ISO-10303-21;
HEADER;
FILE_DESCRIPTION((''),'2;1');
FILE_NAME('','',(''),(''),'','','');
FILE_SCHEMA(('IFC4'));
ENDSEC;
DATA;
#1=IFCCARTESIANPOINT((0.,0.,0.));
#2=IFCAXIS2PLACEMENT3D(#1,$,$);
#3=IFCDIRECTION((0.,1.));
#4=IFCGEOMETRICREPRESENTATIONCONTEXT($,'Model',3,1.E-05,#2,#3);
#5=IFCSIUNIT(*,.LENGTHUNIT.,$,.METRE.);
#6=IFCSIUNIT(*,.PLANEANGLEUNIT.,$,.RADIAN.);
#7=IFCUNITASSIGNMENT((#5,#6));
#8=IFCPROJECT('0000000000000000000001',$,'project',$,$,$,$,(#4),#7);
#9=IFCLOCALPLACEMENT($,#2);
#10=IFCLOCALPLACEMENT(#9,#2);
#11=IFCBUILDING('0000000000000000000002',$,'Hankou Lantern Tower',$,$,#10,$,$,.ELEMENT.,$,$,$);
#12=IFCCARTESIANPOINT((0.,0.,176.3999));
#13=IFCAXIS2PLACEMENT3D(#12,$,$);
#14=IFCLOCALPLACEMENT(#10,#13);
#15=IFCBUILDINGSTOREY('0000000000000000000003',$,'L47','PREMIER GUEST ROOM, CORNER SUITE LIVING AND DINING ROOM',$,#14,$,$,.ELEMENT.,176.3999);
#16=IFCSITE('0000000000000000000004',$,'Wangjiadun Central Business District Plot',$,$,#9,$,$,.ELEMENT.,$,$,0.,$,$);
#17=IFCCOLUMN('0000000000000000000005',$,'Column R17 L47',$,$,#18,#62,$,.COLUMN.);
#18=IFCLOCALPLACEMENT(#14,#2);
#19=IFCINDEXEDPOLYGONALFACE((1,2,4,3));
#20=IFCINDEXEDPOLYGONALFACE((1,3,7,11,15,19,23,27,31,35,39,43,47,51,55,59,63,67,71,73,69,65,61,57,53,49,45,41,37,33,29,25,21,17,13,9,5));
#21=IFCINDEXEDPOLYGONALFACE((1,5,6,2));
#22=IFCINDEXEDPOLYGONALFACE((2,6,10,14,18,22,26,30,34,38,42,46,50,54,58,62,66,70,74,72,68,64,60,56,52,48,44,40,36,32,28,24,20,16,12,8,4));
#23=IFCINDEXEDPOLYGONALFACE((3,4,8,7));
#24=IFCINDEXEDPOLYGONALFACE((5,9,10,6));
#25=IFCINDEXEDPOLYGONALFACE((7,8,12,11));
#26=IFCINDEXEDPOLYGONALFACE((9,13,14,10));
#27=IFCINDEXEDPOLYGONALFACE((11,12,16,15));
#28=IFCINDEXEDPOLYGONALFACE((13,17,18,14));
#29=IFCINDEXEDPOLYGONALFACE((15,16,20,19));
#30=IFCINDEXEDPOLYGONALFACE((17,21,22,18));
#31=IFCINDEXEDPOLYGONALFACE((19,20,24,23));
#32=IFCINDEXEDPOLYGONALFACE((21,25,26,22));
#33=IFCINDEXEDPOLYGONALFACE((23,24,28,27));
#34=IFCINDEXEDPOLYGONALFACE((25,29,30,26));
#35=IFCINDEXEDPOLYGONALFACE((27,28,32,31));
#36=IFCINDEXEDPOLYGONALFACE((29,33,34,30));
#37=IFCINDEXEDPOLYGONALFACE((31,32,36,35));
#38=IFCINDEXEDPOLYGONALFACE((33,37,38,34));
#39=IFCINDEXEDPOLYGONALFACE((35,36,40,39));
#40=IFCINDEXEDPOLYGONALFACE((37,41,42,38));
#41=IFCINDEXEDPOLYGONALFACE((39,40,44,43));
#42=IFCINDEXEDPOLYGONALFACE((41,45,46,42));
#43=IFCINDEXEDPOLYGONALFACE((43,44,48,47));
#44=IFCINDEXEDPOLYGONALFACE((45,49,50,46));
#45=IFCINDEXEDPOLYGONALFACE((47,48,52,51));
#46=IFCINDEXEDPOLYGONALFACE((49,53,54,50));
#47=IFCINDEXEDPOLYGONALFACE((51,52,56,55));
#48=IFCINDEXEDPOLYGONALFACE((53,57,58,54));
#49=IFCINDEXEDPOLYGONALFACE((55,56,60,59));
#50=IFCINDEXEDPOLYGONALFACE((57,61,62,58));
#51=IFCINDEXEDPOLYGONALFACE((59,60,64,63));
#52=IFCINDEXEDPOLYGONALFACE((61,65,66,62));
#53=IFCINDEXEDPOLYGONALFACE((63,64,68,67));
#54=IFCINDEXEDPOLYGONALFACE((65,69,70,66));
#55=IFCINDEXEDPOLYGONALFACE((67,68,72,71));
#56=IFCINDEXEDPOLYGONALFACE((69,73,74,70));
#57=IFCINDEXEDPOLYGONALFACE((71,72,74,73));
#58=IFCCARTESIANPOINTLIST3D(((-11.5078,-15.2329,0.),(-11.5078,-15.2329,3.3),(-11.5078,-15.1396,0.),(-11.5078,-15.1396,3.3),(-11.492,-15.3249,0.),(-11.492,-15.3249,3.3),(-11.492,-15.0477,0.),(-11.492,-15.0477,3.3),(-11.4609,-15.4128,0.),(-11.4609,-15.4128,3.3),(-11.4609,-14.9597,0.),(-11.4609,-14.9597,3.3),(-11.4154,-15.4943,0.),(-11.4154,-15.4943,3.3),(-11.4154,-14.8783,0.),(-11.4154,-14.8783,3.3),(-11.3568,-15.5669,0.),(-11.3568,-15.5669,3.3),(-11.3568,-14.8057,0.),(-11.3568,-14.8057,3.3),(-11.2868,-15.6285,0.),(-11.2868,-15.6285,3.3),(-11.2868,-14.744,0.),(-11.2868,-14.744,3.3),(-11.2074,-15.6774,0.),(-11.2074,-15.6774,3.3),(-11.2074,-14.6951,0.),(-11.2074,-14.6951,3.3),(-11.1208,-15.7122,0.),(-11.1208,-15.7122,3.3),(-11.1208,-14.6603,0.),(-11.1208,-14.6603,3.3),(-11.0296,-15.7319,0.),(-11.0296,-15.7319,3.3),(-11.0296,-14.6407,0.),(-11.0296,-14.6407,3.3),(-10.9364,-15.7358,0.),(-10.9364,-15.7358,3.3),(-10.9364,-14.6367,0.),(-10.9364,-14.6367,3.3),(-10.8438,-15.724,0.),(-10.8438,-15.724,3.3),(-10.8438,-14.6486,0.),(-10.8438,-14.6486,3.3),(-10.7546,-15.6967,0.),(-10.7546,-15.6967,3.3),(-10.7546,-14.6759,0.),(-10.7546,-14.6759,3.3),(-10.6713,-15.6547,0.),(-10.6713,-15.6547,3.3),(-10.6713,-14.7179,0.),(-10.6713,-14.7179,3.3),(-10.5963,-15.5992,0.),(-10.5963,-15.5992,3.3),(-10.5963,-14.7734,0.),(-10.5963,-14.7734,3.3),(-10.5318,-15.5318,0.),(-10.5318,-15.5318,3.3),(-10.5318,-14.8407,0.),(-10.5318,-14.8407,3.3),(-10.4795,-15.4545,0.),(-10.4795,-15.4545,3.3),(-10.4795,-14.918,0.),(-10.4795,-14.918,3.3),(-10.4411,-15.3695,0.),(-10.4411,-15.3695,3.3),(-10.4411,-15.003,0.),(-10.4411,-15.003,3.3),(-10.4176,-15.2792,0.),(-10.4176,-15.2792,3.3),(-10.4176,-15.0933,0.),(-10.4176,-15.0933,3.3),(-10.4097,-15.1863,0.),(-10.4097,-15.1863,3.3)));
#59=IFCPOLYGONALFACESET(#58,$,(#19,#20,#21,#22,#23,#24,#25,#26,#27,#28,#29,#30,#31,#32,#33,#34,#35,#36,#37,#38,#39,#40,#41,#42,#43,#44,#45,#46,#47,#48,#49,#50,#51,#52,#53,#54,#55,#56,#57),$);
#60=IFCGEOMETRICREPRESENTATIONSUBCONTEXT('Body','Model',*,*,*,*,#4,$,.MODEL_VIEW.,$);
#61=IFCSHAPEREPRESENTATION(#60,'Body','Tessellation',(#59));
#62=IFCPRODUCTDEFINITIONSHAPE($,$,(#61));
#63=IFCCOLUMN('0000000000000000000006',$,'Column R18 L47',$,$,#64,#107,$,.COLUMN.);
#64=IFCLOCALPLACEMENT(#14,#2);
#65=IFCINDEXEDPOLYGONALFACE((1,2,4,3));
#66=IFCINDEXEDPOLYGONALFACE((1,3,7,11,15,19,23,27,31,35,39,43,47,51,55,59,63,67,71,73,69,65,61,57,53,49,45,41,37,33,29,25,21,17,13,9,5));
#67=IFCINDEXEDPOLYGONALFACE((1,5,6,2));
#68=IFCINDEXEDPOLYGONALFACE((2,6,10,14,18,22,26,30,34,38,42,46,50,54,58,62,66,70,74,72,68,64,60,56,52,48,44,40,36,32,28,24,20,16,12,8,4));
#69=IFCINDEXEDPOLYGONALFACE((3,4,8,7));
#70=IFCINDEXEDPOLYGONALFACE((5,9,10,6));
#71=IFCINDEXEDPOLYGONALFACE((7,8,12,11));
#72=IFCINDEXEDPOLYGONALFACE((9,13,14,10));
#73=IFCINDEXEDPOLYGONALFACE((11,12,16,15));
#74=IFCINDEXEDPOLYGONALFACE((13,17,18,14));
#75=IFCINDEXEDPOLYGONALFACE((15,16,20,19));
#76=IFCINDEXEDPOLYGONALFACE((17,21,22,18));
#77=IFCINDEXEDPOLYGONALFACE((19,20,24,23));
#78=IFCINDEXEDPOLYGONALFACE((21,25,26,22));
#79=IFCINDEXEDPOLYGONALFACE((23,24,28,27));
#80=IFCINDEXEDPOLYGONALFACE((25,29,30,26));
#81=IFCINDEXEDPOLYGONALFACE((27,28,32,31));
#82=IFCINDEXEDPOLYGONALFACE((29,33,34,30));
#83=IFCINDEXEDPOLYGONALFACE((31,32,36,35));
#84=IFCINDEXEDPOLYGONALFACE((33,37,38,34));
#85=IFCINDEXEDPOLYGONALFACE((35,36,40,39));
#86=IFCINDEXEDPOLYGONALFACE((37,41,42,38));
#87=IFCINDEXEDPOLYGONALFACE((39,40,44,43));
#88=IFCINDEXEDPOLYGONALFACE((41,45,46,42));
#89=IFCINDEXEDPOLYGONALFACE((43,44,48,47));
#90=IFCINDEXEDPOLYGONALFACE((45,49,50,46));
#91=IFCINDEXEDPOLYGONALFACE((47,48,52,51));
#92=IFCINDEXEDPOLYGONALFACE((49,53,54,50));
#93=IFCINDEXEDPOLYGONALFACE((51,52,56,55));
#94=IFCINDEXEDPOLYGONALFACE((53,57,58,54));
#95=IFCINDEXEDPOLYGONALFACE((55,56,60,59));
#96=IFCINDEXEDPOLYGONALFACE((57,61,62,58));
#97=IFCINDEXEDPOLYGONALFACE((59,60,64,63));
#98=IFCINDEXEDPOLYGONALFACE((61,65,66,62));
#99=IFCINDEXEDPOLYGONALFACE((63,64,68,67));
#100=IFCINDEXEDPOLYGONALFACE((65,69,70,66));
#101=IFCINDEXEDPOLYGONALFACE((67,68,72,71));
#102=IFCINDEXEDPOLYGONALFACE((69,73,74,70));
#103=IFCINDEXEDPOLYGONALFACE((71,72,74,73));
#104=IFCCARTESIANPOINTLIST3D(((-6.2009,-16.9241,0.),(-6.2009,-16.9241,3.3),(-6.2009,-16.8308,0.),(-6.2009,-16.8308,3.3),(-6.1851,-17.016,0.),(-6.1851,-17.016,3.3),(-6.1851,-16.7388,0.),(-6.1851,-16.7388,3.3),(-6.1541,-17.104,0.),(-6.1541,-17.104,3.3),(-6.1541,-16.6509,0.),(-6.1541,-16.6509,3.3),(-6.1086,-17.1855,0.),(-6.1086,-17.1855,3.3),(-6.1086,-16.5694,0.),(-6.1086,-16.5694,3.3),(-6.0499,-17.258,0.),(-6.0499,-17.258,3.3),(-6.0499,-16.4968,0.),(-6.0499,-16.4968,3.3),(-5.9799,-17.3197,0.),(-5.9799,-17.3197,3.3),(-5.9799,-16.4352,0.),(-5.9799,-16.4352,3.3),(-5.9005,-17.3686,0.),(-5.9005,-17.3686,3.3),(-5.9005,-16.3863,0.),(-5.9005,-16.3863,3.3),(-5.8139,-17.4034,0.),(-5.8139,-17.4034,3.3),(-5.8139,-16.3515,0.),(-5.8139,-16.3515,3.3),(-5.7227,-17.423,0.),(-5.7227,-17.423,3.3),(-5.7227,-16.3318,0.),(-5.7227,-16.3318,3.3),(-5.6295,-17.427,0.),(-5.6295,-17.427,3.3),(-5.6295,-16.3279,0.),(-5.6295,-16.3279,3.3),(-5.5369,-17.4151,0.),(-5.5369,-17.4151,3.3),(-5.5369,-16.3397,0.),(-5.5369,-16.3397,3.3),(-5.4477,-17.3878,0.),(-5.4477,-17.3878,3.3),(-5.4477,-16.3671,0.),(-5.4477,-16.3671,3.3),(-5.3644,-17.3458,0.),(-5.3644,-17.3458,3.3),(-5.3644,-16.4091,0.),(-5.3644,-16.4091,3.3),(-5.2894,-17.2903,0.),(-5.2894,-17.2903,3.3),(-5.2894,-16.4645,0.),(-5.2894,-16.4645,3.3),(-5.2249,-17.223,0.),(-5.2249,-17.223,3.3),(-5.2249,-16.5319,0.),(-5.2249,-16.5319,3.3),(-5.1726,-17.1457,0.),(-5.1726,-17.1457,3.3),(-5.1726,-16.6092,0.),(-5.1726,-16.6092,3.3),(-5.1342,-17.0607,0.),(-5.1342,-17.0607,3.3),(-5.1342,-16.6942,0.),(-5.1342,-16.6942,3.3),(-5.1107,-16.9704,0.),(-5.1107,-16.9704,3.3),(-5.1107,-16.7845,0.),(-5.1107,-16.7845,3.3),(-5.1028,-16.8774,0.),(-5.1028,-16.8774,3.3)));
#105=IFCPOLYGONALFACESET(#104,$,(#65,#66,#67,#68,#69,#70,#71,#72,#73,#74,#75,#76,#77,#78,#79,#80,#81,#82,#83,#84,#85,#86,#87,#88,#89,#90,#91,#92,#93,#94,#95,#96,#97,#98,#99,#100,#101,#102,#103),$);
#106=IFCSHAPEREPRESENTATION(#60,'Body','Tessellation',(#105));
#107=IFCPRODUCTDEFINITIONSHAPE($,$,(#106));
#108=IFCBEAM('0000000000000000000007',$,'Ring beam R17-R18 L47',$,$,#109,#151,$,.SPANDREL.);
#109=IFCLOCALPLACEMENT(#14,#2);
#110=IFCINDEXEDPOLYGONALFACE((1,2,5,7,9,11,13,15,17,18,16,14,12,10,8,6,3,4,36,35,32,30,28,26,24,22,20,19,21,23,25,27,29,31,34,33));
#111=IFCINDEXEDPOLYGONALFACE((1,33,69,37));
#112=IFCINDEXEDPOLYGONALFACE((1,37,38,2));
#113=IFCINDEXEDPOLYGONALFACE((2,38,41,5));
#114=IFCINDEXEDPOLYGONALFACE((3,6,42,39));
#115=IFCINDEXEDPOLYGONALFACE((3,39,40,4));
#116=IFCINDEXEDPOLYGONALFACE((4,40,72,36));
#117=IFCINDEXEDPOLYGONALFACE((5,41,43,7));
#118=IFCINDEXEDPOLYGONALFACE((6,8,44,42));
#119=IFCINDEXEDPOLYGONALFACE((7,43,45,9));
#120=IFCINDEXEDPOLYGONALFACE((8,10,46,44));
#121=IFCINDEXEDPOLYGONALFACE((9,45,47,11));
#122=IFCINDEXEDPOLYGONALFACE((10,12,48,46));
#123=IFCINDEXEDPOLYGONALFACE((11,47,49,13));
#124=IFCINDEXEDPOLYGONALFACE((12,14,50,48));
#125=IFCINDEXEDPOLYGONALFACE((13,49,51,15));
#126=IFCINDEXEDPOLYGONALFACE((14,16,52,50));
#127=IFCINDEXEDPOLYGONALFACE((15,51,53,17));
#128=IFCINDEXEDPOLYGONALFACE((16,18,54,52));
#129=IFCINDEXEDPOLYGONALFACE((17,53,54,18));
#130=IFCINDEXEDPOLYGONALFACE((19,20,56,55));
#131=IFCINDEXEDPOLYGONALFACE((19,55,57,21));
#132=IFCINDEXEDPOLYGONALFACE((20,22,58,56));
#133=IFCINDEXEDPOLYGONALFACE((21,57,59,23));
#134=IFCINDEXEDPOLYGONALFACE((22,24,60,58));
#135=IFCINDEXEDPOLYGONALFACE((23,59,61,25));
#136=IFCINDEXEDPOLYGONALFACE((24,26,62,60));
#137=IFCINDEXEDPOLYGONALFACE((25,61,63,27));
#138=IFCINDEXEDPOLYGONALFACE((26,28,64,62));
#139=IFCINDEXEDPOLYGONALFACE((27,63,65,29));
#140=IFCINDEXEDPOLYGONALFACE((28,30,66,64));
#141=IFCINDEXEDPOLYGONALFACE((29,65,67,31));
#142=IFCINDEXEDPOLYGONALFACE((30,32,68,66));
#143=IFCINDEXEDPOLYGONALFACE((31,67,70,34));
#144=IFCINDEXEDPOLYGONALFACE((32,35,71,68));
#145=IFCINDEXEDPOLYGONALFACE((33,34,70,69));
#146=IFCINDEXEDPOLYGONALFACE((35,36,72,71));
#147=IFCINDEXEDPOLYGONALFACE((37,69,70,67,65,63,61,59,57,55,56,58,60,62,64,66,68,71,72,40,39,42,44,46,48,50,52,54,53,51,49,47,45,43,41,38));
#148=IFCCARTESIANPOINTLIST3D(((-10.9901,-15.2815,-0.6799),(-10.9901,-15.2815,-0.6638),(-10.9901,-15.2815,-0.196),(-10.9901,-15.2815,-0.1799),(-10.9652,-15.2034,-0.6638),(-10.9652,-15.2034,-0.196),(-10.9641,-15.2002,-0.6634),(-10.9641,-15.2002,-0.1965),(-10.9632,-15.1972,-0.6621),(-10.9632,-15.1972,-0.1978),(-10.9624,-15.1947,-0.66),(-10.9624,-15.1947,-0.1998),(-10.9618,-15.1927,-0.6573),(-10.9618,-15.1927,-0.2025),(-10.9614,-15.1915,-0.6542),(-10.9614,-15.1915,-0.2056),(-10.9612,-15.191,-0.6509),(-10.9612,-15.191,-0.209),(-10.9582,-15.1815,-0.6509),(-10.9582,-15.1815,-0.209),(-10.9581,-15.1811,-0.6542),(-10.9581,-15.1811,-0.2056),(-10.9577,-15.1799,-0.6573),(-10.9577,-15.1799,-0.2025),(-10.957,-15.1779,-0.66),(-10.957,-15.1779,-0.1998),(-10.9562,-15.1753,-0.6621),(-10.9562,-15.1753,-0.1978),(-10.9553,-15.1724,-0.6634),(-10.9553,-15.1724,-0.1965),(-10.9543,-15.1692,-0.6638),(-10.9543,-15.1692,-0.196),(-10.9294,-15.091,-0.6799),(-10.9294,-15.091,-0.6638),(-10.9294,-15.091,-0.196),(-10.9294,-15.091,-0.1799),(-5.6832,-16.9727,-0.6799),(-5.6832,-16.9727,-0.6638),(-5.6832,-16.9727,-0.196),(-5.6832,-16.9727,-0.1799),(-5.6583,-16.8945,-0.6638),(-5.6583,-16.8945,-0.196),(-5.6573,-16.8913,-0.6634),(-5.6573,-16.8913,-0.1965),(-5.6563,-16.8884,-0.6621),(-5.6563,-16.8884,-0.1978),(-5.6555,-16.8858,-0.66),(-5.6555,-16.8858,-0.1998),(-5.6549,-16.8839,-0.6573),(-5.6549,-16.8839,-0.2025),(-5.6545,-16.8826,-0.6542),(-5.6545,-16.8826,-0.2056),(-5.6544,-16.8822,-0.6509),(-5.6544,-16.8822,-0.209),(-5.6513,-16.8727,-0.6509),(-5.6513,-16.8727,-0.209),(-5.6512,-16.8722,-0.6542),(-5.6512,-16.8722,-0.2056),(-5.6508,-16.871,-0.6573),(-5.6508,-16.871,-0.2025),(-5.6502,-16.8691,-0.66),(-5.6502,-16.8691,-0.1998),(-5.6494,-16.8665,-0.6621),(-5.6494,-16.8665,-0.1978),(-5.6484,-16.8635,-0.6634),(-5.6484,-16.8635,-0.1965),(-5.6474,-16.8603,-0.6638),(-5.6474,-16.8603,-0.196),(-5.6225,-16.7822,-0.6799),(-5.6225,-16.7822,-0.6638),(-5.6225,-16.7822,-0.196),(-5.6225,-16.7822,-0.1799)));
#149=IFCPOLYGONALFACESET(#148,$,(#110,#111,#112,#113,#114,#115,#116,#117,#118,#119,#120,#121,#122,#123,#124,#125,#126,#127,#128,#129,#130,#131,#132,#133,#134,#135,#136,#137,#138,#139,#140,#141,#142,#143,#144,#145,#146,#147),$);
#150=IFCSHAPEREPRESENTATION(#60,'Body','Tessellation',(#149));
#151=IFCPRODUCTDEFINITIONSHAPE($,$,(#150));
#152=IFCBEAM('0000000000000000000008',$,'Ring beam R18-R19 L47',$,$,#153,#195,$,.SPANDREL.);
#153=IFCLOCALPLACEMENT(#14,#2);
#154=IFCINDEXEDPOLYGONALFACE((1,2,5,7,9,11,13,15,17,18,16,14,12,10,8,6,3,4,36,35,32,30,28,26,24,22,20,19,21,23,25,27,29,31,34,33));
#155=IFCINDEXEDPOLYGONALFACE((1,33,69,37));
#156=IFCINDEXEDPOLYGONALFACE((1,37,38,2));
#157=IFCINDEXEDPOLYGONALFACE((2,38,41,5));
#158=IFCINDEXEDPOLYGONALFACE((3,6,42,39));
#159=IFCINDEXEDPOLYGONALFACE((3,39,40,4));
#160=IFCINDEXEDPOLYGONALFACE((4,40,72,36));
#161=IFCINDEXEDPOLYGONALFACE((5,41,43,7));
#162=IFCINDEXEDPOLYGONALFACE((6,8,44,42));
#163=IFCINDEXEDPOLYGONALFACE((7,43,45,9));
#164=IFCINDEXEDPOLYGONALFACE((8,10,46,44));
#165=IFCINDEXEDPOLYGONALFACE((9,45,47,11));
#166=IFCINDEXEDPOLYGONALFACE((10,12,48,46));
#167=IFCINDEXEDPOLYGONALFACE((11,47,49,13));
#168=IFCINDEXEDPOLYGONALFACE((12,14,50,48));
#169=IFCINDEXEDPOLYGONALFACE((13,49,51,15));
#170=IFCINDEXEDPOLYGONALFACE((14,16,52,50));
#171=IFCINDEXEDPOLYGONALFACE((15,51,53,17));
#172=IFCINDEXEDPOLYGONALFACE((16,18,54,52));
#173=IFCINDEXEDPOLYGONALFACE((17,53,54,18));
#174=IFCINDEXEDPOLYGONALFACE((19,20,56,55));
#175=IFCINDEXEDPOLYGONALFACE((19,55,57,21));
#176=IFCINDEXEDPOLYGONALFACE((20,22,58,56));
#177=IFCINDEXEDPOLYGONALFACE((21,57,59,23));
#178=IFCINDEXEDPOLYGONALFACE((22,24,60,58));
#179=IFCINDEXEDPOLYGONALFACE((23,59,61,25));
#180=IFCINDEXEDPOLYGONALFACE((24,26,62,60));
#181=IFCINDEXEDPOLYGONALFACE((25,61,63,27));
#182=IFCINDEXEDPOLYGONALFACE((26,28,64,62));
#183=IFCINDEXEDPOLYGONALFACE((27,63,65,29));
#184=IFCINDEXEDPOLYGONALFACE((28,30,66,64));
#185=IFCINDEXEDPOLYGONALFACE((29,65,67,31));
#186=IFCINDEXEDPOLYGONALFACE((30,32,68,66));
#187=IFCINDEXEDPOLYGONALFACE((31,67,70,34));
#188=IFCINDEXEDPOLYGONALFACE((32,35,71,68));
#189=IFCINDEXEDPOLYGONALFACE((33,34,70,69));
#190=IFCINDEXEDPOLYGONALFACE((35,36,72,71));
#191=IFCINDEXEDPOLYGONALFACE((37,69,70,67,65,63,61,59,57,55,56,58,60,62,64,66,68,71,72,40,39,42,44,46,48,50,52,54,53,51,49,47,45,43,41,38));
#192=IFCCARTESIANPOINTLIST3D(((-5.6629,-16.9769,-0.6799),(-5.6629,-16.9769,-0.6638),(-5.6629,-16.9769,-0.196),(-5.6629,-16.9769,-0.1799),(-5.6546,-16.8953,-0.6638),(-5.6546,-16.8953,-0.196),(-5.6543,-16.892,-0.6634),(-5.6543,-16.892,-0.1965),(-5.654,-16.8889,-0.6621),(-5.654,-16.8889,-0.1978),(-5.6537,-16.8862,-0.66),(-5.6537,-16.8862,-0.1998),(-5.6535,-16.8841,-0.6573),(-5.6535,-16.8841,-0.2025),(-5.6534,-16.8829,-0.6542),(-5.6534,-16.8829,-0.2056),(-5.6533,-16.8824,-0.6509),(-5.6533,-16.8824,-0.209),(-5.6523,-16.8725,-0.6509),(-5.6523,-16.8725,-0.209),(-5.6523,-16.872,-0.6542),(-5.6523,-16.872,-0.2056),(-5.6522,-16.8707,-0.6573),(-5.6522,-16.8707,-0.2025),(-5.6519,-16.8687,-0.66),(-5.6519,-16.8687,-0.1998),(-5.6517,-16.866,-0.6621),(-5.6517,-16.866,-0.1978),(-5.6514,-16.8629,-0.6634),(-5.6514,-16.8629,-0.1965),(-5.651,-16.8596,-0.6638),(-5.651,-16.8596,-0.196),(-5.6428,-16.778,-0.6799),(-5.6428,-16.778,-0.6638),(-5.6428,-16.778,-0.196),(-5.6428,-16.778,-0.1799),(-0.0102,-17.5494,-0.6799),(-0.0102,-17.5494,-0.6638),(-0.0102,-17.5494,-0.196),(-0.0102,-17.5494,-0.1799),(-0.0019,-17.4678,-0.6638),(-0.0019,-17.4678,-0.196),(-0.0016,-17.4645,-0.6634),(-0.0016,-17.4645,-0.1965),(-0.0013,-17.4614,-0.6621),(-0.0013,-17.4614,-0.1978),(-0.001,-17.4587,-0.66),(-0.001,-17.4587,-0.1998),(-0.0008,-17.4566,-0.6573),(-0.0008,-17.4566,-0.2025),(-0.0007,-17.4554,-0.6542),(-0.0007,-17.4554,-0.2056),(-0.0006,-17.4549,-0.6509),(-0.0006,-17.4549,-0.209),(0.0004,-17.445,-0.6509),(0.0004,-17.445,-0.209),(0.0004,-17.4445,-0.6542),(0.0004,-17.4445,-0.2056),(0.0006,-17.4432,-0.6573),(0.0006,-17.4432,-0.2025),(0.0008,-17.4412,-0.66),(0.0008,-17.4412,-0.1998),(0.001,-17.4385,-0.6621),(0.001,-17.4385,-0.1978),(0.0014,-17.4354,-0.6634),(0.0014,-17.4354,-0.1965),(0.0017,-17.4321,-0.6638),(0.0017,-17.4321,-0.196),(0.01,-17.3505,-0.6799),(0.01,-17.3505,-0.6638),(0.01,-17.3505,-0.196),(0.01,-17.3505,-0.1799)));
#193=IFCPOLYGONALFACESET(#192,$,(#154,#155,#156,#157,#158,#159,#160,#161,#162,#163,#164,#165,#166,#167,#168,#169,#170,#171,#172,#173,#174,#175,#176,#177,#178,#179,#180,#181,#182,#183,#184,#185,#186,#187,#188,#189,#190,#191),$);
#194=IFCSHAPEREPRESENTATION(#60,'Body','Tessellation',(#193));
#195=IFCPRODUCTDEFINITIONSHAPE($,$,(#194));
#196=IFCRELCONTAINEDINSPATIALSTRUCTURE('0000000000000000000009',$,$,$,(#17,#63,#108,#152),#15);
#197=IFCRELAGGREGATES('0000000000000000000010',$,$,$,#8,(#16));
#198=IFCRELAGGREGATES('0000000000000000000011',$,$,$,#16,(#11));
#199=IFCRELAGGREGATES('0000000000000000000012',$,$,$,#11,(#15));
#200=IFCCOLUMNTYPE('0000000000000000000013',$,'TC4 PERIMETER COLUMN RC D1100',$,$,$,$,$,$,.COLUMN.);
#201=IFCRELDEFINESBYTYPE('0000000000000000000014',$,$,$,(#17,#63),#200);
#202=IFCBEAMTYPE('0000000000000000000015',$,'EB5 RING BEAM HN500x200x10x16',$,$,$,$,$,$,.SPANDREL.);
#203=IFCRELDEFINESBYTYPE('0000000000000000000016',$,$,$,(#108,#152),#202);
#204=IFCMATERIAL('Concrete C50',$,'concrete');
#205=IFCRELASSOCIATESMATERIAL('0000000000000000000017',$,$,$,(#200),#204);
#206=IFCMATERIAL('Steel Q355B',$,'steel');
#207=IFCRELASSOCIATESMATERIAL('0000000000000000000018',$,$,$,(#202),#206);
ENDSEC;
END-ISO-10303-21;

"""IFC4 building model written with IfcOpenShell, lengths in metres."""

from ifc_helpers import new_model, si_unit, direction, frame, origin, origin_2d, place, context, subcontext, project, spatial, circle, i_section, extrude, material, material_profile, profile_set, type_object, element, save


model = new_model("IFC4")

# Units and contexts
model_context = context("Model", 3, precision=1e-05, world=origin(), true_north=direction((0.0, 1.0)))
body_context = subcontext(model_context, "Body", "Model", "MODEL_VIEW")
ifc_project = project(units=[si_unit("LENGTHUNIT", "METRE"), si_unit("PLANEANGLEUNIT", "RADIAN")], contexts=[model_context])

# Site, building, storey
site_placement = place(None, origin())
site = spatial("IfcSite", under=ifc_project, at=site_placement, Name="Wangjiadun Central Business District Plot", CompositionType="ELEMENT", RefElevation=0.0)
building_placement = place(site_placement, origin())
building = spatial("IfcBuilding", under=site, at=building_placement, Name="Hankou Lantern Tower", CompositionType="ELEMENT")
storey_placement = place(building_placement, frame((0.0, 0.0, 176.3999)))
storey = spatial("IfcBuildingStorey", under=building, at=storey_placement, Name="L47", Description="PREMIER GUEST ROOM, CORNER SUITE LIVING AND DINING ROOM", CompositionType="ELEMENT", Elevation=176.3999)

# Columns
ifc_material_1 = material(Name="Concrete C50", Category="concrete")
ifc_material_profile_1 = material_profile(ifc_material_1, circle(Radius=0.55, at=origin_2d()), Name="RC D1100")
ifc_profile_set_1 = profile_set([ifc_material_profile_1], Name="Concrete C50")
column_type = type_object("IfcColumnType", Name="TC4 PERIMETER COLUMN RC D1100", PredefinedType="COLUMN", material=ifc_profile_set_1)
for number, where, z_axis, x_axis, name in (
    (1, (-10.9597, -15.1863, 0.0), (0.0, 0.0, 1.0), (1.0, 0.0, 0.0), "Column R17 L47"),
    (2, (-5.6528, -16.8774, 0.0), (0.0, 0.0, 1.0), (1.0, 0.0, 0.0), "Column R18 L47"),
):
    element("IfcColumn", number, at=place(storey_placement, frame(where, z_axis=z_axis, x_axis=x_axis)), inside=storey, type_object=column_type, Name=name, PredefinedType="COLUMN", context=body_context, shape_type="SweptSolid", body=[
        extrude(circle(Radius=0.55, at=origin_2d()), origin(), (0.0, 0.0, 1.0), 3.3),
    ])

# Beams
ifc_material_2 = material(Name="Steel Q355B", Category="steel")
ifc_material_profile_2 = material_profile(ifc_material_2, i_section(OverallWidth=0.2, OverallDepth=0.5, WebThickness=0.01, FlangeThickness=0.0161, FilletRadius=0.0129, at=origin_2d()), Name="HN500x200x10x16")
ifc_profile_set_2 = profile_set([ifc_material_profile_2], Name="Steel Q355B")
beam_type_1 = type_object("IfcBeamType", Name="EB5 RING BEAM HN500x200x10x16", PredefinedType="SPANDREL", material=ifc_profile_set_2)
beam_1_placement = place(storey_placement, frame((-10.9597, -15.1863, -0.4299), z_axis=(0.95279, -0.303629, 0.0), x_axis=(0.303629, 0.95279, 0.0)))
element("IfcBeam", 3, at=beam_1_placement, inside=storey, type_object=beam_type_1, Name="Ring beam R17-R18 L47", PredefinedType="SPANDREL", context=body_context, shape_type="SweptSolid", body=[
    extrude(i_section(OverallWidth=0.2, OverallDepth=0.5, WebThickness=0.01, FlangeThickness=0.0161, FilletRadius=0.0129, at=origin_2d()), origin(), (0.0, 0.0, 1.0), 5.5698),
])
beam_2_placement = place(storey_placement, frame((-5.6528, -16.8774, -0.4299), z_axis=(0.99491, -0.100763, 0.0), x_axis=(0.100763, 0.99491, 0.0)))
element("IfcBeam", 4, at=beam_2_placement, inside=storey, type_object=beam_type_1, Name="Ring beam R18-R19 L47", PredefinedType="SPANDREL", context=body_context, shape_type="SweptSolid", body=[
    extrude(i_section(OverallWidth=0.2, OverallDepth=0.5, WebThickness=0.01, FlangeThickness=0.0161, FilletRadius=0.0129, at=origin_2d()), origin(), (0.0, 0.0, 1.0), 5.6816),
])

save(model, "model.ifc")
